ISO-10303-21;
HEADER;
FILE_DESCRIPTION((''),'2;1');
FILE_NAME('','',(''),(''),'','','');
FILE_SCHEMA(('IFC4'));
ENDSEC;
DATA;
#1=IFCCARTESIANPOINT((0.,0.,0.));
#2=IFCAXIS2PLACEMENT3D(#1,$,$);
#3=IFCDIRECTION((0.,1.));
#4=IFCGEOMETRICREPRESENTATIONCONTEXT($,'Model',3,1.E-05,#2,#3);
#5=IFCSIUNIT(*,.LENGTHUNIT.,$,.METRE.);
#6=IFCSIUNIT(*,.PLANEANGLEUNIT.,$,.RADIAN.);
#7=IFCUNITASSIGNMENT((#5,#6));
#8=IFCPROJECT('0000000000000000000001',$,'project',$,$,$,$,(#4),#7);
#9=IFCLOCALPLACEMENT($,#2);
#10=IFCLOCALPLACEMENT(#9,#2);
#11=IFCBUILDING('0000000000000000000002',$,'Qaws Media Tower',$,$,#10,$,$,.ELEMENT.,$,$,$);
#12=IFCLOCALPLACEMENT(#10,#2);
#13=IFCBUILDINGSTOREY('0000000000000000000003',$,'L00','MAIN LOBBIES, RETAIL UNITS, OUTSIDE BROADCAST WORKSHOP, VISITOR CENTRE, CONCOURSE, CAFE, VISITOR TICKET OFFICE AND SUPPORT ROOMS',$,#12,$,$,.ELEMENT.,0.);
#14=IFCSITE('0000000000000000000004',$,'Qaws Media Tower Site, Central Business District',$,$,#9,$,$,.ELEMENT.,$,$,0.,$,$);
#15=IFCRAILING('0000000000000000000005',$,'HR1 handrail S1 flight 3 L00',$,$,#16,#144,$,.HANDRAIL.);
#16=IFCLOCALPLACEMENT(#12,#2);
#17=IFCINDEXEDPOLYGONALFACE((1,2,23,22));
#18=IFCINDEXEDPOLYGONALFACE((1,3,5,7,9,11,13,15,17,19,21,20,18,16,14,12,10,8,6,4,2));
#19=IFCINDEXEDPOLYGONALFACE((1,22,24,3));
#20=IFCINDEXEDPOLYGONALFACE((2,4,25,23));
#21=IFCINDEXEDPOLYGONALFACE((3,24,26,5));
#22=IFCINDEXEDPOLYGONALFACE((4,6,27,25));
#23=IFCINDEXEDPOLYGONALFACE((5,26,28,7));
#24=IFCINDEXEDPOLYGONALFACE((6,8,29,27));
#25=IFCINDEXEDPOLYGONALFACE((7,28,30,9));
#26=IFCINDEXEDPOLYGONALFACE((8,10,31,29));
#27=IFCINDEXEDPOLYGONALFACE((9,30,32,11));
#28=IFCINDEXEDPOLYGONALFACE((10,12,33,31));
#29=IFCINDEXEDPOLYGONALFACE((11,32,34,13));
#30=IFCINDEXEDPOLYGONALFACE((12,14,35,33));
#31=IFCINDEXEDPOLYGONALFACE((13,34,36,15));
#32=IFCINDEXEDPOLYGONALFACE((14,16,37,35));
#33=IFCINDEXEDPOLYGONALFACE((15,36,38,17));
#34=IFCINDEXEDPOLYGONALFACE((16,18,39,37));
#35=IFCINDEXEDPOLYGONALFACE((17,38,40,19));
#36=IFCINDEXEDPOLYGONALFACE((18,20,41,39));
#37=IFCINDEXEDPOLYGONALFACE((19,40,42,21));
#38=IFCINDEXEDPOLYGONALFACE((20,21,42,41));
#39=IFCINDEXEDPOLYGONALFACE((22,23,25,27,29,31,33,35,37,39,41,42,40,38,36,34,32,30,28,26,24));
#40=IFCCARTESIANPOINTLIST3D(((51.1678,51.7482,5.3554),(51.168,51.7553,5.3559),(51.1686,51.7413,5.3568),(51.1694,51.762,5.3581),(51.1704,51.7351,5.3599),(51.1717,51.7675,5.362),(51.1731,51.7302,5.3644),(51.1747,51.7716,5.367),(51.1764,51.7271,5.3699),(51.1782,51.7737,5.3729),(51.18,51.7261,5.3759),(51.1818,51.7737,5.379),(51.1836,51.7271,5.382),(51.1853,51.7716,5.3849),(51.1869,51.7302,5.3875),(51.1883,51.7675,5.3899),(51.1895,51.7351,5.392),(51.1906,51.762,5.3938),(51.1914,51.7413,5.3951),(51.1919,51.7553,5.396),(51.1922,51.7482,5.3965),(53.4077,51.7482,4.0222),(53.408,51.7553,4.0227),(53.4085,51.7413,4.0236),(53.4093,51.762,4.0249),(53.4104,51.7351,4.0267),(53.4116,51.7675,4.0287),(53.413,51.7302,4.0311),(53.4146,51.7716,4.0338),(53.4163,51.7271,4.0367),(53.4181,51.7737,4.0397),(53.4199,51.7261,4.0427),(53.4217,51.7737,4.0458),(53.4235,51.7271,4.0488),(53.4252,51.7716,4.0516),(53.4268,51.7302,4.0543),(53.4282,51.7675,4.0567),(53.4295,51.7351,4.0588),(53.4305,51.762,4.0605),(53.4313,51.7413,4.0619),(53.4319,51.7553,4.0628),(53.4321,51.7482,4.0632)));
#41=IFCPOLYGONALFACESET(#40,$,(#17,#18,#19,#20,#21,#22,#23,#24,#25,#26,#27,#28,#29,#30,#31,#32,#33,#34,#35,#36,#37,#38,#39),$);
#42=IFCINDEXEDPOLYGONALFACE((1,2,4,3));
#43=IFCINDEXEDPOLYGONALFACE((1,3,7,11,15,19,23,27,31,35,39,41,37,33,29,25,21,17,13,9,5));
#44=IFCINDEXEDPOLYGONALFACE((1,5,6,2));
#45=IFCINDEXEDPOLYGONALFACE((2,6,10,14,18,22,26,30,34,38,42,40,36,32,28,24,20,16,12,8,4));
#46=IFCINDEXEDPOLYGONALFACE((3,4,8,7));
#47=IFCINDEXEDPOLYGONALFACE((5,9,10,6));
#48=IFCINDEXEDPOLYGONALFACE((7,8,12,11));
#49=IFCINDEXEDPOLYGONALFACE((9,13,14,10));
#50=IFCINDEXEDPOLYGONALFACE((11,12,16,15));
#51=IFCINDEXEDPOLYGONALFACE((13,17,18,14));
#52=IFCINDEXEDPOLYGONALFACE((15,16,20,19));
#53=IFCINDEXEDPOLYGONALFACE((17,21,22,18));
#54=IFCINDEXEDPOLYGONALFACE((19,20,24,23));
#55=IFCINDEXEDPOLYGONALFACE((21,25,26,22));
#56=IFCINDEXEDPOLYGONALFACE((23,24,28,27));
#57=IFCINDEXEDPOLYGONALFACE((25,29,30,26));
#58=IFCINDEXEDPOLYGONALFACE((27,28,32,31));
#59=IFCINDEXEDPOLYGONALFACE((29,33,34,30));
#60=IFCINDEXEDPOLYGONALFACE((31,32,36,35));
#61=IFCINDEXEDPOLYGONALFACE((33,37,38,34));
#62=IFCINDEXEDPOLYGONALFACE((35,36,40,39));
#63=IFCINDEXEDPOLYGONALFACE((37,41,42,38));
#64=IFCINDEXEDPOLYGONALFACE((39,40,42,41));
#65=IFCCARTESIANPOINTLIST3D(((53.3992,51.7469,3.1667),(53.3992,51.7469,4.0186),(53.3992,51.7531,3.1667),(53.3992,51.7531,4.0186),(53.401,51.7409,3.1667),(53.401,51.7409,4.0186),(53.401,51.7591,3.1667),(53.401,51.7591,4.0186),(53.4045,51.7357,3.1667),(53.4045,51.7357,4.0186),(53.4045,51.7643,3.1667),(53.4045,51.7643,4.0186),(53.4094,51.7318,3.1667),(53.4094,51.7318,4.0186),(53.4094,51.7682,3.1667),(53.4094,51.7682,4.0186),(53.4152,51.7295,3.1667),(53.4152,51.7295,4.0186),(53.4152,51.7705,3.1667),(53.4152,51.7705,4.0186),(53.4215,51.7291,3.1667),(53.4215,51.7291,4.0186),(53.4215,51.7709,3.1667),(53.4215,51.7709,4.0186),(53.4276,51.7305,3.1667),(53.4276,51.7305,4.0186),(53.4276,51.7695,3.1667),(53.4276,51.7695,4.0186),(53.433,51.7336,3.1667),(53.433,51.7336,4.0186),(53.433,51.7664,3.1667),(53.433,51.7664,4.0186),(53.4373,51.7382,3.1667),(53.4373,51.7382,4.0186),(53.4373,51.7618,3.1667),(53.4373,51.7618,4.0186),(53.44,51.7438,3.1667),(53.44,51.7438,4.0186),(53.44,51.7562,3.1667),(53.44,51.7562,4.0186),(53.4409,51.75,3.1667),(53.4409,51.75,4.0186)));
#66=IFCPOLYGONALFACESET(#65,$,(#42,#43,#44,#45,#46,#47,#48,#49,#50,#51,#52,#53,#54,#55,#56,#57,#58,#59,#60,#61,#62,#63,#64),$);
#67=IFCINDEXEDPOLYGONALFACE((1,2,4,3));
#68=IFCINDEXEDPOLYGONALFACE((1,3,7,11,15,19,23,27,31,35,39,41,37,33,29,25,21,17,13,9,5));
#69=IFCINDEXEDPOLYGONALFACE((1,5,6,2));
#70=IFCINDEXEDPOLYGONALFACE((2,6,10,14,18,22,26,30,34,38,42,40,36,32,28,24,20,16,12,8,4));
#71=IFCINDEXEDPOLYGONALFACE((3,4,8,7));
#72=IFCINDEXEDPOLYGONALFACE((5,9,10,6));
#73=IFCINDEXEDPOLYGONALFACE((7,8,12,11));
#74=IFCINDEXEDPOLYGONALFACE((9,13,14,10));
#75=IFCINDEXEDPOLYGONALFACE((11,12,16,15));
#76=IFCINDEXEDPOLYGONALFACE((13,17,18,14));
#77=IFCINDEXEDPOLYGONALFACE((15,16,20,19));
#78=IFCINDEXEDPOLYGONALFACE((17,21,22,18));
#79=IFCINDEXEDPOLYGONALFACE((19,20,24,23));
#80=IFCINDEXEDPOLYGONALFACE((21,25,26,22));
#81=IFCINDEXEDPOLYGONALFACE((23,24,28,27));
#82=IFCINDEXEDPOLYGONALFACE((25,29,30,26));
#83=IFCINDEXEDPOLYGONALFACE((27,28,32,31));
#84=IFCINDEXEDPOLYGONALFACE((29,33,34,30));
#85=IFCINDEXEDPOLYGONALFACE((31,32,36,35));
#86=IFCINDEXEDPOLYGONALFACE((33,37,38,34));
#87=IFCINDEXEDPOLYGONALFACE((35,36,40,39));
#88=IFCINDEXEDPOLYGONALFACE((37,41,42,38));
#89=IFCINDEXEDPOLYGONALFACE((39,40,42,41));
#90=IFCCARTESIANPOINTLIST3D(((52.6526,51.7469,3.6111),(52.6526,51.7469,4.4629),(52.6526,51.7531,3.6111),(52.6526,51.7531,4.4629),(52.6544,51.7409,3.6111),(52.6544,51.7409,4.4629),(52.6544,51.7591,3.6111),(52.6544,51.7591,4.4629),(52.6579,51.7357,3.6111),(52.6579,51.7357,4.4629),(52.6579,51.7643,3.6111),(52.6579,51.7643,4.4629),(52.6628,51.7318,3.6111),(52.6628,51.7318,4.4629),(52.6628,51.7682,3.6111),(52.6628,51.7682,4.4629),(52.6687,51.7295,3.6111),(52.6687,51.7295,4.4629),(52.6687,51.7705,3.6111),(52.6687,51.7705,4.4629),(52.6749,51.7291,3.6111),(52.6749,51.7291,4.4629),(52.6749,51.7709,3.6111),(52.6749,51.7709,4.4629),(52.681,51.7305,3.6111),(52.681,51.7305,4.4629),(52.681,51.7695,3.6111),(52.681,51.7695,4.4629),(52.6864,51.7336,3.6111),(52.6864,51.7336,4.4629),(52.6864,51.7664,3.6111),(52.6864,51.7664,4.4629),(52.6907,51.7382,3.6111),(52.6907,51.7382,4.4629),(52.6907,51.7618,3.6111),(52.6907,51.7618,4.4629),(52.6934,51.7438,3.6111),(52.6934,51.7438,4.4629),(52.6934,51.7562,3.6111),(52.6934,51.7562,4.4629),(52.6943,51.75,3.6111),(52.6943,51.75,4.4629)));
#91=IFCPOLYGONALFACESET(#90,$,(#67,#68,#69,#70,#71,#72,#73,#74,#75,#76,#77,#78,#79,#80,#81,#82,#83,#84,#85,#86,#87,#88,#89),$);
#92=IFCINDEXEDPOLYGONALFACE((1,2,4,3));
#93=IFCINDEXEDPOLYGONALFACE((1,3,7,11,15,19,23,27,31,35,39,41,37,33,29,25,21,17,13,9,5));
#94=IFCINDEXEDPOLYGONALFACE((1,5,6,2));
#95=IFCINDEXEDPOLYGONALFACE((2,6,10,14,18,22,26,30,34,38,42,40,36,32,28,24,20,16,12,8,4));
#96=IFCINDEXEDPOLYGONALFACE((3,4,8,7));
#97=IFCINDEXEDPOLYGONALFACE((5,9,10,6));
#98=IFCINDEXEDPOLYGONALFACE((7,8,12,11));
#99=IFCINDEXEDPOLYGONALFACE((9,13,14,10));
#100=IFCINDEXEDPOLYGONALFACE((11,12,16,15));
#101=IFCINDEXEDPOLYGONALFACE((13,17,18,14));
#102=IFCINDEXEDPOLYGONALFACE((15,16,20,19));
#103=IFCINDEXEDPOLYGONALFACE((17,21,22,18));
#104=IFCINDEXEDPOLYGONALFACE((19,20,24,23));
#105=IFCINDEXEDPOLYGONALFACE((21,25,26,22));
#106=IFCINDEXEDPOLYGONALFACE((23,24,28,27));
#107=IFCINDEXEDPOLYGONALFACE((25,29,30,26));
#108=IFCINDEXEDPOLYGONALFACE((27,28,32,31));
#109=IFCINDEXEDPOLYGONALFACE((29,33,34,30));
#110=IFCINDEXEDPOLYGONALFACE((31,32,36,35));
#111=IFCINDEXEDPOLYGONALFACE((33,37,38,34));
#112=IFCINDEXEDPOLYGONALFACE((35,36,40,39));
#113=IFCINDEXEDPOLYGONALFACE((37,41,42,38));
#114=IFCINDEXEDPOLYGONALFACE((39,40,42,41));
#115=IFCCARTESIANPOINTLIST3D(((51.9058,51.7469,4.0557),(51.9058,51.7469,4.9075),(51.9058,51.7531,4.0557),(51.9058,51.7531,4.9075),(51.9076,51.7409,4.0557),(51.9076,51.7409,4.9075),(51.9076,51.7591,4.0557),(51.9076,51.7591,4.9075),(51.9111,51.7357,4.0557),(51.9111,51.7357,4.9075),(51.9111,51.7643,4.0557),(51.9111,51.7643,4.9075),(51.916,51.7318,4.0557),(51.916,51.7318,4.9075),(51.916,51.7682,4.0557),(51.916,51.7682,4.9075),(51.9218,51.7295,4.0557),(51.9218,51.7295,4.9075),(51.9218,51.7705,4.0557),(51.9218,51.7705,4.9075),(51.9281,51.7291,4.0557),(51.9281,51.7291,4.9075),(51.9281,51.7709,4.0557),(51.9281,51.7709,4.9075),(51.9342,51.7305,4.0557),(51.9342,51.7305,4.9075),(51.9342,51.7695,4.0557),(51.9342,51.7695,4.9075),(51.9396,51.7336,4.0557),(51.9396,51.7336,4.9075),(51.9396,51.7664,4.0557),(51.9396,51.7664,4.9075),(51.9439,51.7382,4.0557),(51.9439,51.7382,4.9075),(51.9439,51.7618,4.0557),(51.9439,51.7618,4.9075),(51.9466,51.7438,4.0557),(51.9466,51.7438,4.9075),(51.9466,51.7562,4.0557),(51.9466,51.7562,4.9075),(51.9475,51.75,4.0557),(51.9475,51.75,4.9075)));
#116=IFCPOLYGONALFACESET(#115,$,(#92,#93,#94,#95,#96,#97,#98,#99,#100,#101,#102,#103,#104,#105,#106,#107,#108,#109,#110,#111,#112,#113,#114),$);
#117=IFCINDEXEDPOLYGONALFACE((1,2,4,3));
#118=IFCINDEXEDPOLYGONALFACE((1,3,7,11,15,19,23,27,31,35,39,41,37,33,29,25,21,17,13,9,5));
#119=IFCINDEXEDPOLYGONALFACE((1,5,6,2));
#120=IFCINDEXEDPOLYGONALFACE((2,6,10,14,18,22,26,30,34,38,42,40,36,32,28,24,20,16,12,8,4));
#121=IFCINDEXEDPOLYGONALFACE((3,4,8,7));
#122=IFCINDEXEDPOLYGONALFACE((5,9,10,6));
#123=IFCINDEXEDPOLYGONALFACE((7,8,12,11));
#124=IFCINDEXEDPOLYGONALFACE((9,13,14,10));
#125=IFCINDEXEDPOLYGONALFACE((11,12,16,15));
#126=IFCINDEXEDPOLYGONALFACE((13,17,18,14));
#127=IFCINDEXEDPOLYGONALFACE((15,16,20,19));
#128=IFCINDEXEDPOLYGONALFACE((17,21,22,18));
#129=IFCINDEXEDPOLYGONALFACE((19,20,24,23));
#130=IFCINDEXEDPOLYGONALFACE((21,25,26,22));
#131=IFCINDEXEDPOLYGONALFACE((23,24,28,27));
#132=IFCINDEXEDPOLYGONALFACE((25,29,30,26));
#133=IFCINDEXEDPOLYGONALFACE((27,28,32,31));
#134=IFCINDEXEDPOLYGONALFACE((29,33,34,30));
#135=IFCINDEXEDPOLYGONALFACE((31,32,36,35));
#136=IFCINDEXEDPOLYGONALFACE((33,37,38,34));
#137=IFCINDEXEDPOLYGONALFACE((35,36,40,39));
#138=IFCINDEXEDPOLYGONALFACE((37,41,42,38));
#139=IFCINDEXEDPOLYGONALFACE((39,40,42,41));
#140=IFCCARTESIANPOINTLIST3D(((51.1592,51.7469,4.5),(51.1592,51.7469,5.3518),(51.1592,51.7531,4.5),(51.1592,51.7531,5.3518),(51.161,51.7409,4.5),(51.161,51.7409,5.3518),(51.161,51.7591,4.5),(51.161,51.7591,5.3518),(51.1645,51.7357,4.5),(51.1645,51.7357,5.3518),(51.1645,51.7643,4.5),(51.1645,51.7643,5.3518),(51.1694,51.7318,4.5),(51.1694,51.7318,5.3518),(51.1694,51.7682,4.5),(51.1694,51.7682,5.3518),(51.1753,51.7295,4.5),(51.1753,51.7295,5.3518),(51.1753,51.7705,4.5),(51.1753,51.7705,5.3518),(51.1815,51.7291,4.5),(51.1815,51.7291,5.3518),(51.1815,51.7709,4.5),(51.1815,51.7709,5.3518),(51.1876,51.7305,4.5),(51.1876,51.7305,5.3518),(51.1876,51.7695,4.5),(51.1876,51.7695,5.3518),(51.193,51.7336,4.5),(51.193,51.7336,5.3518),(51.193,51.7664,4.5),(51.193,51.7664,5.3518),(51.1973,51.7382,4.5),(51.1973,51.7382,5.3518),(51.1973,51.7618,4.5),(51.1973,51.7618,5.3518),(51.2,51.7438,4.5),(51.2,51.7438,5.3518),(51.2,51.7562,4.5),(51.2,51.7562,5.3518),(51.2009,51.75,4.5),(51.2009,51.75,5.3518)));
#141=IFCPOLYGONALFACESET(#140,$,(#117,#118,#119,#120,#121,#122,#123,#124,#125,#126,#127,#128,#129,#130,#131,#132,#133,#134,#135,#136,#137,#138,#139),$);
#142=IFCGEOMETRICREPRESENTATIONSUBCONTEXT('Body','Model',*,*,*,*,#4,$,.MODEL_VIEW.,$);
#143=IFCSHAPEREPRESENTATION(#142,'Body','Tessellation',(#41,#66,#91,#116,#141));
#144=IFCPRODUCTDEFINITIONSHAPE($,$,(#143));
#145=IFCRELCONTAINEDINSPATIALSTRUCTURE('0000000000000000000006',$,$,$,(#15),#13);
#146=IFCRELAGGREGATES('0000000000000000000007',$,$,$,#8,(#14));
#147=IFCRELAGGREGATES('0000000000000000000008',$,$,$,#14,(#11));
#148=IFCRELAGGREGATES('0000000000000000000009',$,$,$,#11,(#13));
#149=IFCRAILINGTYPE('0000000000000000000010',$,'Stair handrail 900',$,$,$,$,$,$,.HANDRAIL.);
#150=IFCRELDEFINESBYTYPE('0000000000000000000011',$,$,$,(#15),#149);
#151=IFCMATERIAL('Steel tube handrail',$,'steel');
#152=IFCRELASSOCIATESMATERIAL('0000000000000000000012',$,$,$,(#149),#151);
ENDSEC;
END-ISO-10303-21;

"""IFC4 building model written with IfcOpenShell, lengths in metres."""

from ifc_helpers import new_model, si_unit, direction, frame, origin, origin_2d, place, context, subcontext, project, spatial, circle, extrude, material, type_object, element, save


model = new_model("IFC4")

# Units and contexts
model_context = context("Model", 3, precision=1e-05, world=origin(), true_north=direction((0.0, 1.0)))
body_context = subcontext(model_context, "Body", "Model", "MODEL_VIEW")
ifc_project = project(units=[si_unit("LENGTHUNIT", "METRE"), si_unit("PLANEANGLEUNIT", "RADIAN")], contexts=[model_context])

# Site, building, storey
site_placement = place(None, origin())
site = spatial("IfcSite", under=ifc_project, at=site_placement, Name="Qaws Media Tower Site, Central Business District", CompositionType="ELEMENT", RefElevation=0.0)
building_placement = place(site_placement, origin())
building = spatial("IfcBuilding", under=site, at=building_placement, Name="Qaws Media Tower", CompositionType="ELEMENT")
storey_placement = place(building_placement, origin())
storey = spatial("IfcBuildingStorey", under=building, at=storey_placement, Name="L00", Description="MAIN LOBBIES, RETAIL UNITS, OUTSIDE BROADCAST WORKSHOP, VISITOR CENTRE, CONCOURSE, CAFE, VISITOR TICKET OFFICE AND SUPPORT ROOMS", CompositionType="ELEMENT", Elevation=0.0)

# Railing
ifc_material_1 = material(Name="Steel tube handrail", Category="steel")
railing_type = type_object("IfcRailingType", Name="Stair handrail 900", PredefinedType="HANDRAIL", material=ifc_material_1)
for number, where, name in (
    (1, (53.4199, 51.75, 3.1667), "HR1 handrail S1 flight 3 L00"),
):
    element("IfcRailing", number, at=place(storey_placement, frame(where)), inside=storey, type_object=railing_type, Name=name, PredefinedType="HANDRAIL", context=body_context, shape_type="SweptSolid", body=[
        extrude(circle(Radius=0.0239, at=origin_2d()), frame((0.0, 0.0, 0.876), z_axis=(-0.859306, 0.0, 0.511462), x_axis=(0.0, -1.0, 0.0)), (0.0, 0.0, 1.0), 2.6067),
        extrude(circle(Radius=0.021, at=origin_2d()), origin(), (0.0, 0.0, 1.0), 0.8518),
        extrude(circle(Radius=0.021, at=origin_2d()), frame((-0.7466, 0.0, 0.4443)), (0.0, 0.0, 1.0), 0.8518),
        extrude(circle(Radius=0.021, at=origin_2d()), frame((-1.4934, 0.0, 0.8889)), (0.0, 0.0, 1.0), 0.8518),
        extrude(circle(Radius=0.021, at=origin_2d()), frame((-2.24, 0.0, 1.3333)), (0.0, 0.0, 1.0), 0.8518),
    ])

save(model, "model.ifc")
